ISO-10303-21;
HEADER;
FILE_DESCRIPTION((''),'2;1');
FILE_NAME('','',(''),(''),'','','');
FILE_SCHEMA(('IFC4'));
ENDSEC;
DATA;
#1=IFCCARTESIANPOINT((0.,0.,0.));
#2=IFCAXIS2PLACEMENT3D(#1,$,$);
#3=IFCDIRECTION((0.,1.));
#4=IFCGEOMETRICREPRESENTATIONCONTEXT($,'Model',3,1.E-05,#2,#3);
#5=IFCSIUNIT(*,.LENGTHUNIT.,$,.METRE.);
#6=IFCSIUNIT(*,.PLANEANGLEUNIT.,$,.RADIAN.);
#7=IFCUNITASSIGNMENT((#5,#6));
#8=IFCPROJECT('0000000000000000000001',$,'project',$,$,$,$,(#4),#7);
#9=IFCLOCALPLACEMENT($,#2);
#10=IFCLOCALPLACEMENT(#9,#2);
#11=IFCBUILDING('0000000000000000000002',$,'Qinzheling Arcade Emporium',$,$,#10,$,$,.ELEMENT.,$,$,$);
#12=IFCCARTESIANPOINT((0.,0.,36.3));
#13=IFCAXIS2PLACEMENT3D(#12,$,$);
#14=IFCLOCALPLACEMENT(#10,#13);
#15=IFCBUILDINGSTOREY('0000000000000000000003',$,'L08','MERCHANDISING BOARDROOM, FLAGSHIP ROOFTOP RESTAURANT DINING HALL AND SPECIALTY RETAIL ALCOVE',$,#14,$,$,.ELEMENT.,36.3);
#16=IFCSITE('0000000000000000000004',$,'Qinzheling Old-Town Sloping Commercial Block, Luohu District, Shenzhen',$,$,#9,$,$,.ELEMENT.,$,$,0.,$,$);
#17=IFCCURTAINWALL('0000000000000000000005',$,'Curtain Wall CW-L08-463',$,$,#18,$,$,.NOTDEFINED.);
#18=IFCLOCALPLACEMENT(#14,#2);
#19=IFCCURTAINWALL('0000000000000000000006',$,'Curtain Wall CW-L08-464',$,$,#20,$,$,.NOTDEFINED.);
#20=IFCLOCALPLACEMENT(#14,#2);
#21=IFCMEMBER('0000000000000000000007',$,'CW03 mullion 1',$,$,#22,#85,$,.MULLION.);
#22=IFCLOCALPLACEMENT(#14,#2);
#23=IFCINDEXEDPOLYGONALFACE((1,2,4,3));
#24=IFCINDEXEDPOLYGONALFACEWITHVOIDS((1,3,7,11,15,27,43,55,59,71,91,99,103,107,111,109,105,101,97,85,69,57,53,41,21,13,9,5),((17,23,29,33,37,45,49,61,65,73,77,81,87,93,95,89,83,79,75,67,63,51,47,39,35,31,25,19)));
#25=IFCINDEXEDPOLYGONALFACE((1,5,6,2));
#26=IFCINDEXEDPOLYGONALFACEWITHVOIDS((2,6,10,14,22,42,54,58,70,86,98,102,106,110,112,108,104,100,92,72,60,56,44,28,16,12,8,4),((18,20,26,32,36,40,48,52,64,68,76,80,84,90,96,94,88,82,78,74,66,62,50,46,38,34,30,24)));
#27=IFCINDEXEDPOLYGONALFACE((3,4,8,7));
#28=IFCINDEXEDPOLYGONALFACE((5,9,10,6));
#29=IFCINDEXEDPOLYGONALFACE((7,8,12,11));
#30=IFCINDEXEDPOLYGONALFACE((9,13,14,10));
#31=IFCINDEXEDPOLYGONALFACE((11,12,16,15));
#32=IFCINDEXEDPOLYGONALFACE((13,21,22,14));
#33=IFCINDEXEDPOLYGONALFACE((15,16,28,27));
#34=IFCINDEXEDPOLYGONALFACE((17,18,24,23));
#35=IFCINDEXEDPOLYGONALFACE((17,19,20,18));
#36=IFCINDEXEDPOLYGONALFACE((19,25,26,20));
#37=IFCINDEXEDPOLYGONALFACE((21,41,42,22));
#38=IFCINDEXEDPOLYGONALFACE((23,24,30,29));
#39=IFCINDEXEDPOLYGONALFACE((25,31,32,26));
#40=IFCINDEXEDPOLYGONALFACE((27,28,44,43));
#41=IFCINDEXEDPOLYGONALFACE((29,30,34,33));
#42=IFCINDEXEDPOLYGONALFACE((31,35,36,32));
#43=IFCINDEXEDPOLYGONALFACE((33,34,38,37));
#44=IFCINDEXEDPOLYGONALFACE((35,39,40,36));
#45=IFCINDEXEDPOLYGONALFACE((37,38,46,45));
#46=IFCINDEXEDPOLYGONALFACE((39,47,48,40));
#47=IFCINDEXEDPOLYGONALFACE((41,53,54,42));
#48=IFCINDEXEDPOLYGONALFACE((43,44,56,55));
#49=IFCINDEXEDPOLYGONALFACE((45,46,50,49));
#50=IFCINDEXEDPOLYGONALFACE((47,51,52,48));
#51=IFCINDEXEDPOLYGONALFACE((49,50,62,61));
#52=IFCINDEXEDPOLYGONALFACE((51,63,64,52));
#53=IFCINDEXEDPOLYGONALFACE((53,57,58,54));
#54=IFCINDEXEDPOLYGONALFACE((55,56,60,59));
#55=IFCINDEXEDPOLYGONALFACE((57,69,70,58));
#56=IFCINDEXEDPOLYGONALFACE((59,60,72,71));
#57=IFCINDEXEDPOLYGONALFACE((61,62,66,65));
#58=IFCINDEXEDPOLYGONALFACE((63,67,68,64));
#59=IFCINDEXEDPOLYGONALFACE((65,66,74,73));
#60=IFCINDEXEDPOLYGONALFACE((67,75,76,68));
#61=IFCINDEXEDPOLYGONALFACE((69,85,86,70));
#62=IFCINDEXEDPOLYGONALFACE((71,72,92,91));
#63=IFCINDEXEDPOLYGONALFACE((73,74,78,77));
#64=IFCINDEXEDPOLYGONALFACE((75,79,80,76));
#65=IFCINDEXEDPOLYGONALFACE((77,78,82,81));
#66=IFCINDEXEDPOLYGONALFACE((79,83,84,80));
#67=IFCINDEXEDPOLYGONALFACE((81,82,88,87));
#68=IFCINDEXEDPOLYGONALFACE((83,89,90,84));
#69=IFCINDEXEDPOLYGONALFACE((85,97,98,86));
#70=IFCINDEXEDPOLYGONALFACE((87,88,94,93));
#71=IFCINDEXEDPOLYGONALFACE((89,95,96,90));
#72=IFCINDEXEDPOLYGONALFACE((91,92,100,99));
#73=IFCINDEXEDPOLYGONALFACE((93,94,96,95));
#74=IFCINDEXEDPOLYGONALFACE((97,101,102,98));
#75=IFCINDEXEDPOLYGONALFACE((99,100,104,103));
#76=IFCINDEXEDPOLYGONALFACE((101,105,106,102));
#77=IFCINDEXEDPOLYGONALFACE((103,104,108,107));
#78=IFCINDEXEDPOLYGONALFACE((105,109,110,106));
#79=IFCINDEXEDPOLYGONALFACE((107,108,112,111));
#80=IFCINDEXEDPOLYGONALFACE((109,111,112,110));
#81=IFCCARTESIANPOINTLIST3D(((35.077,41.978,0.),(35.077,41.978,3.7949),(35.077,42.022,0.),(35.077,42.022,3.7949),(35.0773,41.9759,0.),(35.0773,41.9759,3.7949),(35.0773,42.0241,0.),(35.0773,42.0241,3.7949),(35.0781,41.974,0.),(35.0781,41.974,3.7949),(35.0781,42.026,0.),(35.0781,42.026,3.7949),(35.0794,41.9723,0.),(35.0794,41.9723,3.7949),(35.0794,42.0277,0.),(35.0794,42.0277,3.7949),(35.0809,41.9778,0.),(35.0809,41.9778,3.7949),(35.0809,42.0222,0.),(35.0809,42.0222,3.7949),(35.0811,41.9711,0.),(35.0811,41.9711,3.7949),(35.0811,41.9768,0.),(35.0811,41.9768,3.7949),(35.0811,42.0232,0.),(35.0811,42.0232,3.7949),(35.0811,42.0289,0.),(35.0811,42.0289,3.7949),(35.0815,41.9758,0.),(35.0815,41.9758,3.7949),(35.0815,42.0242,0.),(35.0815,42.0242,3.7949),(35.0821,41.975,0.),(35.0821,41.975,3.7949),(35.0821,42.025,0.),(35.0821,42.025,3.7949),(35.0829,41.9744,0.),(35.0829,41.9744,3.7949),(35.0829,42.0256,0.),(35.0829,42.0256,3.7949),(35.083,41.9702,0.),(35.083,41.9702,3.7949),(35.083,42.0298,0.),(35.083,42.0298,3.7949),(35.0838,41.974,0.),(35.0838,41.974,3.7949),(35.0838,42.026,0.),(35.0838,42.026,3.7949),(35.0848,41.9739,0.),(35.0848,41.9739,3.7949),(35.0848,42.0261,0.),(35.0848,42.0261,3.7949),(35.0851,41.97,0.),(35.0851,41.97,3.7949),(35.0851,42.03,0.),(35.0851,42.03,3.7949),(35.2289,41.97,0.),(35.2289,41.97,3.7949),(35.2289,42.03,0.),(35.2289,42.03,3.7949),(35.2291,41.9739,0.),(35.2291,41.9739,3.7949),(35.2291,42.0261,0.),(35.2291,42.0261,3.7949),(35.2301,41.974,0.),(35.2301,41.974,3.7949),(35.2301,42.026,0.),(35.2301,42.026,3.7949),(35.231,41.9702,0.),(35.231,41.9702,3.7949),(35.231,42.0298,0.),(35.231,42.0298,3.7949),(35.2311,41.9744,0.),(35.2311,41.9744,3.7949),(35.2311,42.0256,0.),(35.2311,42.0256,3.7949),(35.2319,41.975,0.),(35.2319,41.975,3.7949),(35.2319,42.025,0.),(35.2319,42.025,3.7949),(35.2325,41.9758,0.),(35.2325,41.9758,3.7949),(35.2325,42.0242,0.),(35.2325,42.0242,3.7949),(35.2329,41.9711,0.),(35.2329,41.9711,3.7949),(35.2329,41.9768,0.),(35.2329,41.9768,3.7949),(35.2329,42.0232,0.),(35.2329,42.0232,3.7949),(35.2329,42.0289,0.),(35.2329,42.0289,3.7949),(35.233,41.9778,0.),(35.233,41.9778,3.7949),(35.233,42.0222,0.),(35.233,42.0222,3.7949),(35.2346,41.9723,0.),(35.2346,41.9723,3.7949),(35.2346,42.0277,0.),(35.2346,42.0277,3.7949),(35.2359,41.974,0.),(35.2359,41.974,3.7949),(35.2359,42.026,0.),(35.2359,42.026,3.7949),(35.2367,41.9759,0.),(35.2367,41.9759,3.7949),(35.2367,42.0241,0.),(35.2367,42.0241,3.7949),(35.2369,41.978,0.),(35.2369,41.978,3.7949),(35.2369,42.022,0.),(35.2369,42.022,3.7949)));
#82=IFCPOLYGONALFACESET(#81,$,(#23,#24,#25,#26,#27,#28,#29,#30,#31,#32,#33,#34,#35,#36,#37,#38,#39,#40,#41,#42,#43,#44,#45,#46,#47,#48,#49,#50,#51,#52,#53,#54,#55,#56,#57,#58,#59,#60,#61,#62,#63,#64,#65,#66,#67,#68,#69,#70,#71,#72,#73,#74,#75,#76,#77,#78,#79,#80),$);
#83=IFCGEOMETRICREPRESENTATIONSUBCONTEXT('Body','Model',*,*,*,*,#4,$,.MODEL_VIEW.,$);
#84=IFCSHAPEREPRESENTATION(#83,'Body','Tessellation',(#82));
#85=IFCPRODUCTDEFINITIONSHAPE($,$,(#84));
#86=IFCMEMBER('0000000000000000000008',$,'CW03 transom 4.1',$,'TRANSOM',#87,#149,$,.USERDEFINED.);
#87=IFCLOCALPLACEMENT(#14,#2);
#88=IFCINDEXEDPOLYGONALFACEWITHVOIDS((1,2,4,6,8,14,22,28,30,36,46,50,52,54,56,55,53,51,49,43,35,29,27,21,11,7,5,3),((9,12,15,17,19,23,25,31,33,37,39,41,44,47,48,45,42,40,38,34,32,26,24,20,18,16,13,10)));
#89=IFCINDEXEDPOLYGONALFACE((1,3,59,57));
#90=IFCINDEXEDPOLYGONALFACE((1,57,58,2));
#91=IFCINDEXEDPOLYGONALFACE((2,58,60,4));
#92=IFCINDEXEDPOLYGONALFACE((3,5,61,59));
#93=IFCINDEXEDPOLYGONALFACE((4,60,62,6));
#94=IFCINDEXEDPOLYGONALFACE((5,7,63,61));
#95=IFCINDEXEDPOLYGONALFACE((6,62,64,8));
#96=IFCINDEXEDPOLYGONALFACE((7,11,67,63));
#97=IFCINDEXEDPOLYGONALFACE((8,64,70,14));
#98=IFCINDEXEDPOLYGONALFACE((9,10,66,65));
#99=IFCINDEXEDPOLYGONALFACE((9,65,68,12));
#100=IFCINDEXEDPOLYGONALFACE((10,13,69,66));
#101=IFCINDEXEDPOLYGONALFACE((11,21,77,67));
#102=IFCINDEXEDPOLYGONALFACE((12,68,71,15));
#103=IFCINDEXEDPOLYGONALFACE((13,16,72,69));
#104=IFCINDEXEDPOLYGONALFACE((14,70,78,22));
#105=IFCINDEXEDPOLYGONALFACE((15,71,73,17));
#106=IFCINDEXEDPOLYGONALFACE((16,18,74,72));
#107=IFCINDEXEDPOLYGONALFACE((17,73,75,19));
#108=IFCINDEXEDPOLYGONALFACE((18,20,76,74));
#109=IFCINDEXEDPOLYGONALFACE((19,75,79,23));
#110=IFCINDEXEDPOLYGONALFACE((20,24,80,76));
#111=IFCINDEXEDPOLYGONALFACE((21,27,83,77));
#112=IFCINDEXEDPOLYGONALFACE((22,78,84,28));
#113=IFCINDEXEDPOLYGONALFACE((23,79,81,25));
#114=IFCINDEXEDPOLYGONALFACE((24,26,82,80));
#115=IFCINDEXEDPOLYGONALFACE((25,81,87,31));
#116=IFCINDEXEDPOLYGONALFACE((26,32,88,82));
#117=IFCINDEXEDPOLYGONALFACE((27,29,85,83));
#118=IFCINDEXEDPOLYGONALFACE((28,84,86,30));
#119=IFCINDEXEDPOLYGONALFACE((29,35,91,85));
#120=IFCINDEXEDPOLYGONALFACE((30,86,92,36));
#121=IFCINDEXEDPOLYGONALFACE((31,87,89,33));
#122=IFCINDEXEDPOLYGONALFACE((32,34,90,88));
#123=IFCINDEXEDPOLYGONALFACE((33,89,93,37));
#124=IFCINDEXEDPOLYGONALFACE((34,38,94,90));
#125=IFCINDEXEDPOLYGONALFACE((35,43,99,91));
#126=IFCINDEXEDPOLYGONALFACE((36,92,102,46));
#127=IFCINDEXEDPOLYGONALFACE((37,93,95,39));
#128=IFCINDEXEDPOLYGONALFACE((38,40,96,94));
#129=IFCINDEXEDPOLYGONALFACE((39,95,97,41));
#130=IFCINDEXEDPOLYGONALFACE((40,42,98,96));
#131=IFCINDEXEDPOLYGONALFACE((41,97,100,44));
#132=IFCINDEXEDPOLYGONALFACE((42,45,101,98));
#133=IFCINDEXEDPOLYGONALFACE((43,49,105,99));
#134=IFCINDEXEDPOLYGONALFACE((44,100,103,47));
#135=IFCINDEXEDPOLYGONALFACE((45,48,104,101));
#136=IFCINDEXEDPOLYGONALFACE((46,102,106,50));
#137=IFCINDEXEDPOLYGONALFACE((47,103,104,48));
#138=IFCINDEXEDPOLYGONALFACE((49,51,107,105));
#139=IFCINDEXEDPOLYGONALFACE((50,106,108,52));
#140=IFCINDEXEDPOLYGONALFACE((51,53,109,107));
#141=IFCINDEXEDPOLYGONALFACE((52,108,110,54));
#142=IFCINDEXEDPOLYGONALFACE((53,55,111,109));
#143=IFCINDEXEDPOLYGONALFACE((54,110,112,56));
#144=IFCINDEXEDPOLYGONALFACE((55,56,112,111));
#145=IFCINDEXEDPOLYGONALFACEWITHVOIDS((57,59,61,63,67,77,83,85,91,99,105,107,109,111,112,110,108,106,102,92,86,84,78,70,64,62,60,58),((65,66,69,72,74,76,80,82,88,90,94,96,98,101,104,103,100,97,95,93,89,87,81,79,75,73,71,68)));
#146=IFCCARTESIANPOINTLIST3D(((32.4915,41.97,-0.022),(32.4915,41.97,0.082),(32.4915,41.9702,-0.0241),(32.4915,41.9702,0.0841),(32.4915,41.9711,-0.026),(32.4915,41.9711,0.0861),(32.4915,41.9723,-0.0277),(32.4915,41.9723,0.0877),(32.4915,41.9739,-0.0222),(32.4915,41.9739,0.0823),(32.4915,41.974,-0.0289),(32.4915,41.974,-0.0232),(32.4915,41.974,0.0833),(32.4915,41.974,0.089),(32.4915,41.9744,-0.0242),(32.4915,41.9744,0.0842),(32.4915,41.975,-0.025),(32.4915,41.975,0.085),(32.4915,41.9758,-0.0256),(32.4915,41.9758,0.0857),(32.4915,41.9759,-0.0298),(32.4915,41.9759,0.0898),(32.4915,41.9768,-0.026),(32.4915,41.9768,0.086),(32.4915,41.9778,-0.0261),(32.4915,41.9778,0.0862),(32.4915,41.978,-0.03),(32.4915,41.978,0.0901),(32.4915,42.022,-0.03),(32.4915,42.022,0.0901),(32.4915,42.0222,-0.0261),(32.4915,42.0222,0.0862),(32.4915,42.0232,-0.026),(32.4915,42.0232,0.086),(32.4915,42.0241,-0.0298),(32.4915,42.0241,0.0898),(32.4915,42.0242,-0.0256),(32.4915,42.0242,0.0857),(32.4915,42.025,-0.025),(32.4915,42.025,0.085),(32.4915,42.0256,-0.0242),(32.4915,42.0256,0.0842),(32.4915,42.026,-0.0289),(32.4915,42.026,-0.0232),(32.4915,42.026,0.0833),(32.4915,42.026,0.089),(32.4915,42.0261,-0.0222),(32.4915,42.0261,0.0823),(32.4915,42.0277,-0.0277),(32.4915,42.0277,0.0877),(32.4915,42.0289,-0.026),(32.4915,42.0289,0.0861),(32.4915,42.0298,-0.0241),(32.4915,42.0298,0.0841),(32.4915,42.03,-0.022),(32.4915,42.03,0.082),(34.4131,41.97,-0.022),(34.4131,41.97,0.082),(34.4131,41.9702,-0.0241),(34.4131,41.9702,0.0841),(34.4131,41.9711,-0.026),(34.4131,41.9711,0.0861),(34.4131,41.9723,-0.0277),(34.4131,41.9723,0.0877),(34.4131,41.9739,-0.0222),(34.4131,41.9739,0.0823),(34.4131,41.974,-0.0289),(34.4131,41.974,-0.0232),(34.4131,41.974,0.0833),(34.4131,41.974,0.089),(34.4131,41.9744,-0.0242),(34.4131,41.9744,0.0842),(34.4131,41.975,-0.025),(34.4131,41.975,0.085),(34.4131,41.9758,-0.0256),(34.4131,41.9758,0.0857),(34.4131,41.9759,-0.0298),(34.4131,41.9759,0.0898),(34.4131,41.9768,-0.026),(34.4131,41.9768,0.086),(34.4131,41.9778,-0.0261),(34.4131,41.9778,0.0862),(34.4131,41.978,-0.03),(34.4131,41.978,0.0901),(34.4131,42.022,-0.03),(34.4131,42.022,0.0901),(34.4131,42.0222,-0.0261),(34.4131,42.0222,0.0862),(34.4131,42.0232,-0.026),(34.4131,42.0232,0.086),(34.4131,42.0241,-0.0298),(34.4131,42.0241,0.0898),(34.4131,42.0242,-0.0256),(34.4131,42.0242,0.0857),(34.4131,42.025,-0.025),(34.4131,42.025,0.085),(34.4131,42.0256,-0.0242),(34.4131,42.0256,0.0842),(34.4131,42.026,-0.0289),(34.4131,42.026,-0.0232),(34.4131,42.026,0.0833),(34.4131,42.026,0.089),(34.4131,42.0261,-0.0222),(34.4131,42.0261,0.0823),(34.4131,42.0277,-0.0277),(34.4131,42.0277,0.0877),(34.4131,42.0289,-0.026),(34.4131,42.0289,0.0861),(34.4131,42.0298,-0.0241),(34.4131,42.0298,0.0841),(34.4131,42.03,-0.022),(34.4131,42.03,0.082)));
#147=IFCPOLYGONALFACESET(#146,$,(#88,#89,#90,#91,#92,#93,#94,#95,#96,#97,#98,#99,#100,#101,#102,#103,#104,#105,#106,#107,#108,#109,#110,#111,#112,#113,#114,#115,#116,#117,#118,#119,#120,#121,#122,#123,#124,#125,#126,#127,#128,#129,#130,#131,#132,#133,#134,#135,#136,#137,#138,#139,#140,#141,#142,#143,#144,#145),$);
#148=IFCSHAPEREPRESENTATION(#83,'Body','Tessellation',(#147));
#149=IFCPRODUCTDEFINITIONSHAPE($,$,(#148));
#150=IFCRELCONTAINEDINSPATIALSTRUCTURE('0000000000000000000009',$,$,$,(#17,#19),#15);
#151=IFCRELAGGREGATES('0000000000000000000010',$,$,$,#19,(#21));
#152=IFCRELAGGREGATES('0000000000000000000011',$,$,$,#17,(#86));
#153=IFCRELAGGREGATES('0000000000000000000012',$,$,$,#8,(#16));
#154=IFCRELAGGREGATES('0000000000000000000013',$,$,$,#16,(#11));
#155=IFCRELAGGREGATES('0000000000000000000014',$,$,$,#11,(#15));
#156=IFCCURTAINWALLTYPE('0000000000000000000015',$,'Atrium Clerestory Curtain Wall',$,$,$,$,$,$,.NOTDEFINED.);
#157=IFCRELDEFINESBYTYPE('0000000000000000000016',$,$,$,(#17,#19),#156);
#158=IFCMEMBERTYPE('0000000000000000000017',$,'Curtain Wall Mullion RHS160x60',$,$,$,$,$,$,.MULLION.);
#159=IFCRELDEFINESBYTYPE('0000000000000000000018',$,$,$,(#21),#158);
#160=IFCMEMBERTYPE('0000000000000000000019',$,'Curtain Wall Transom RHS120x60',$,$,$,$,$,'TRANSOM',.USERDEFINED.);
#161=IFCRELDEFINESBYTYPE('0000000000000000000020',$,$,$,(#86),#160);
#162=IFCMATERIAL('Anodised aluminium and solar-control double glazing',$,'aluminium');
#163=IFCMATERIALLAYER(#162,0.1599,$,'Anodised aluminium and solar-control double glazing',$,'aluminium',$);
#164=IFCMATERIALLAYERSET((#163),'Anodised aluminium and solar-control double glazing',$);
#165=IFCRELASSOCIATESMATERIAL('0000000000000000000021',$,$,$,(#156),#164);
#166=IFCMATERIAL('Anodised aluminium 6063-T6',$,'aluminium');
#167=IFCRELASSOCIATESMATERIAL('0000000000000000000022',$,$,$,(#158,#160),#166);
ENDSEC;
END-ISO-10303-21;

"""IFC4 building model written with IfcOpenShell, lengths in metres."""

from ifc_helpers import new_model, si_unit, direction, frame, origin, origin_2d, place, context, subcontext, project, spatial, hollow_rectangle, extrude, material, layer, layer_set, material_profile, profile_set, type_object, element, aggregate, save


model = new_model("IFC4")

# Units and contexts
model_context = context("Model", 3, precision=1e-05, world=origin(), true_north=direction((0.0, 1.0)))
body_context = subcontext(model_context, "Body", "Model", "MODEL_VIEW")
ifc_project = project(units=[si_unit("LENGTHUNIT", "METRE"), si_unit("PLANEANGLEUNIT", "RADIAN")], contexts=[model_context])

# Site, building, storey
site_placement = place(None, origin())
site = spatial("IfcSite", under=ifc_project, at=site_placement, Name="Qinzheling Old-Town Sloping Commercial Block, Luohu District, Shenzhen", CompositionType="ELEMENT", RefElevation=0.0)
building_placement = place(site_placement, origin())
building = spatial("IfcBuilding", under=site, at=building_placement, Name="Qinzheling Arcade Emporium", CompositionType="ELEMENT")
storey_placement = place(building_placement, frame((0.0, 0.0, 36.3)))
storey = spatial("IfcBuildingStorey", under=building, at=storey_placement, Name="L08", Description="MERCHANDISING BOARDROOM, FLAGSHIP ROOFTOP RESTAURANT DINING HALL AND SPECIALTY RETAIL ALCOVE", CompositionType="ELEMENT", Elevation=36.3)

# Curtain wall
ifc_material_1 = material(Name="Anodised aluminium and solar-control double glazing", Category="aluminium")
ifc_layer_1 = layer(ifc_material_1, 0.1599, Name="Anodised aluminium and solar-control double glazing", Category="aluminium")
ifc_layer_set_1 = layer_set([ifc_layer_1], Name="Anodised aluminium and solar-control double glazing")
curtain_wall_type = type_object("IfcCurtainWallType", Name="Atrium Clerestory Curtain Wall", PredefinedType="NOTDEFINED", material=ifc_layer_set_1)
curtain_wall_1_placement = place(storey_placement, origin())
curtain_wall_1 = element("IfcCurtainWall", 1, at=curtain_wall_1_placement, inside=storey, type_object=curtain_wall_type, Name="Curtain Wall CW-L08-463", PredefinedType="NOTDEFINED")
ifc_material_2 = material(Name="Anodised aluminium 6063-T6", Category="aluminium")
ifc_material_profile_1 = material_profile(ifc_material_2, hollow_rectangle(XDim=0.0601, YDim=0.1599, WallThickness=0.0039, InnerFilletRadius=0.0039, OuterFilletRadius=0.0081, at=origin_2d()), Name="RHS 160x60x4", Category="aluminium")
ifc_profile_set_1 = profile_set([ifc_material_profile_1], Name="Anodised aluminium 6063-T6")
member_type_1 = type_object("IfcMemberType", Name="Curtain Wall Mullion RHS160x60", PredefinedType="MULLION", material=ifc_profile_set_1)

# Curtain wall, member
curtain_wall_2_placement = place(storey_placement, origin())
curtain_wall_2 = element("IfcCurtainWall", 2, at=curtain_wall_2_placement, inside=storey, type_object=curtain_wall_type, Name="Curtain Wall CW-L08-464", PredefinedType="NOTDEFINED")
member_1_placement = place(storey_placement, frame((35.157, 42.0, 0.0), z_axis=(0.0, 0.0, 1.0), x_axis=(0.0, 1.0, 0.0)))
member_1 = element("IfcMember", 3, at=member_1_placement, type_object=member_type_1, Name="CW03 mullion 1", PredefinedType="MULLION", context=body_context, shape_type="SweptSolid", body=[
    extrude(hollow_rectangle(XDim=0.0601, YDim=0.1599, WallThickness=0.0039, InnerFilletRadius=0.0039, OuterFilletRadius=0.0081, at=origin_2d()), origin(), (0.0, 0.0, 1.0), 3.7949),
])

# Member
ifc_material_profile_2 = material_profile(ifc_material_2, hollow_rectangle(XDim=0.0601, YDim=0.1201, WallThickness=0.0039, InnerFilletRadius=0.0039, OuterFilletRadius=0.0081, at=origin_2d()), Name="RHS 120x60x4", Category="aluminium")
ifc_profile_set_2 = profile_set([ifc_material_profile_2], Name="Anodised aluminium 6063-T6")
member_type_2 = type_object("IfcMemberType", Name="Curtain Wall Transom RHS120x60", ElementType="TRANSOM", PredefinedType="USERDEFINED", material=ifc_profile_set_2)
member_2_placement = place(storey_placement, frame((32.4915, 42.0, 0.03), z_axis=(1.0, 0.0, 0.0), x_axis=(0.0, 1.0, 0.0)))
member_2 = element("IfcMember", 4, at=member_2_placement, type_object=member_type_2, Name="CW03 transom 4.1", ObjectType="TRANSOM", PredefinedType="USERDEFINED", context=body_context, shape_type="SweptSolid", body=[
    extrude(hollow_rectangle(XDim=0.0601, YDim=0.1201, WallThickness=0.0039, InnerFilletRadius=0.0039, OuterFilletRadius=0.0081, at=origin_2d()), origin(), (0.0, 0.0, 1.0), 1.9216),
])
aggregate(curtain_wall_2, [member_1])

aggregate(curtain_wall_1, [member_2])

save(model, "model.ifc")
